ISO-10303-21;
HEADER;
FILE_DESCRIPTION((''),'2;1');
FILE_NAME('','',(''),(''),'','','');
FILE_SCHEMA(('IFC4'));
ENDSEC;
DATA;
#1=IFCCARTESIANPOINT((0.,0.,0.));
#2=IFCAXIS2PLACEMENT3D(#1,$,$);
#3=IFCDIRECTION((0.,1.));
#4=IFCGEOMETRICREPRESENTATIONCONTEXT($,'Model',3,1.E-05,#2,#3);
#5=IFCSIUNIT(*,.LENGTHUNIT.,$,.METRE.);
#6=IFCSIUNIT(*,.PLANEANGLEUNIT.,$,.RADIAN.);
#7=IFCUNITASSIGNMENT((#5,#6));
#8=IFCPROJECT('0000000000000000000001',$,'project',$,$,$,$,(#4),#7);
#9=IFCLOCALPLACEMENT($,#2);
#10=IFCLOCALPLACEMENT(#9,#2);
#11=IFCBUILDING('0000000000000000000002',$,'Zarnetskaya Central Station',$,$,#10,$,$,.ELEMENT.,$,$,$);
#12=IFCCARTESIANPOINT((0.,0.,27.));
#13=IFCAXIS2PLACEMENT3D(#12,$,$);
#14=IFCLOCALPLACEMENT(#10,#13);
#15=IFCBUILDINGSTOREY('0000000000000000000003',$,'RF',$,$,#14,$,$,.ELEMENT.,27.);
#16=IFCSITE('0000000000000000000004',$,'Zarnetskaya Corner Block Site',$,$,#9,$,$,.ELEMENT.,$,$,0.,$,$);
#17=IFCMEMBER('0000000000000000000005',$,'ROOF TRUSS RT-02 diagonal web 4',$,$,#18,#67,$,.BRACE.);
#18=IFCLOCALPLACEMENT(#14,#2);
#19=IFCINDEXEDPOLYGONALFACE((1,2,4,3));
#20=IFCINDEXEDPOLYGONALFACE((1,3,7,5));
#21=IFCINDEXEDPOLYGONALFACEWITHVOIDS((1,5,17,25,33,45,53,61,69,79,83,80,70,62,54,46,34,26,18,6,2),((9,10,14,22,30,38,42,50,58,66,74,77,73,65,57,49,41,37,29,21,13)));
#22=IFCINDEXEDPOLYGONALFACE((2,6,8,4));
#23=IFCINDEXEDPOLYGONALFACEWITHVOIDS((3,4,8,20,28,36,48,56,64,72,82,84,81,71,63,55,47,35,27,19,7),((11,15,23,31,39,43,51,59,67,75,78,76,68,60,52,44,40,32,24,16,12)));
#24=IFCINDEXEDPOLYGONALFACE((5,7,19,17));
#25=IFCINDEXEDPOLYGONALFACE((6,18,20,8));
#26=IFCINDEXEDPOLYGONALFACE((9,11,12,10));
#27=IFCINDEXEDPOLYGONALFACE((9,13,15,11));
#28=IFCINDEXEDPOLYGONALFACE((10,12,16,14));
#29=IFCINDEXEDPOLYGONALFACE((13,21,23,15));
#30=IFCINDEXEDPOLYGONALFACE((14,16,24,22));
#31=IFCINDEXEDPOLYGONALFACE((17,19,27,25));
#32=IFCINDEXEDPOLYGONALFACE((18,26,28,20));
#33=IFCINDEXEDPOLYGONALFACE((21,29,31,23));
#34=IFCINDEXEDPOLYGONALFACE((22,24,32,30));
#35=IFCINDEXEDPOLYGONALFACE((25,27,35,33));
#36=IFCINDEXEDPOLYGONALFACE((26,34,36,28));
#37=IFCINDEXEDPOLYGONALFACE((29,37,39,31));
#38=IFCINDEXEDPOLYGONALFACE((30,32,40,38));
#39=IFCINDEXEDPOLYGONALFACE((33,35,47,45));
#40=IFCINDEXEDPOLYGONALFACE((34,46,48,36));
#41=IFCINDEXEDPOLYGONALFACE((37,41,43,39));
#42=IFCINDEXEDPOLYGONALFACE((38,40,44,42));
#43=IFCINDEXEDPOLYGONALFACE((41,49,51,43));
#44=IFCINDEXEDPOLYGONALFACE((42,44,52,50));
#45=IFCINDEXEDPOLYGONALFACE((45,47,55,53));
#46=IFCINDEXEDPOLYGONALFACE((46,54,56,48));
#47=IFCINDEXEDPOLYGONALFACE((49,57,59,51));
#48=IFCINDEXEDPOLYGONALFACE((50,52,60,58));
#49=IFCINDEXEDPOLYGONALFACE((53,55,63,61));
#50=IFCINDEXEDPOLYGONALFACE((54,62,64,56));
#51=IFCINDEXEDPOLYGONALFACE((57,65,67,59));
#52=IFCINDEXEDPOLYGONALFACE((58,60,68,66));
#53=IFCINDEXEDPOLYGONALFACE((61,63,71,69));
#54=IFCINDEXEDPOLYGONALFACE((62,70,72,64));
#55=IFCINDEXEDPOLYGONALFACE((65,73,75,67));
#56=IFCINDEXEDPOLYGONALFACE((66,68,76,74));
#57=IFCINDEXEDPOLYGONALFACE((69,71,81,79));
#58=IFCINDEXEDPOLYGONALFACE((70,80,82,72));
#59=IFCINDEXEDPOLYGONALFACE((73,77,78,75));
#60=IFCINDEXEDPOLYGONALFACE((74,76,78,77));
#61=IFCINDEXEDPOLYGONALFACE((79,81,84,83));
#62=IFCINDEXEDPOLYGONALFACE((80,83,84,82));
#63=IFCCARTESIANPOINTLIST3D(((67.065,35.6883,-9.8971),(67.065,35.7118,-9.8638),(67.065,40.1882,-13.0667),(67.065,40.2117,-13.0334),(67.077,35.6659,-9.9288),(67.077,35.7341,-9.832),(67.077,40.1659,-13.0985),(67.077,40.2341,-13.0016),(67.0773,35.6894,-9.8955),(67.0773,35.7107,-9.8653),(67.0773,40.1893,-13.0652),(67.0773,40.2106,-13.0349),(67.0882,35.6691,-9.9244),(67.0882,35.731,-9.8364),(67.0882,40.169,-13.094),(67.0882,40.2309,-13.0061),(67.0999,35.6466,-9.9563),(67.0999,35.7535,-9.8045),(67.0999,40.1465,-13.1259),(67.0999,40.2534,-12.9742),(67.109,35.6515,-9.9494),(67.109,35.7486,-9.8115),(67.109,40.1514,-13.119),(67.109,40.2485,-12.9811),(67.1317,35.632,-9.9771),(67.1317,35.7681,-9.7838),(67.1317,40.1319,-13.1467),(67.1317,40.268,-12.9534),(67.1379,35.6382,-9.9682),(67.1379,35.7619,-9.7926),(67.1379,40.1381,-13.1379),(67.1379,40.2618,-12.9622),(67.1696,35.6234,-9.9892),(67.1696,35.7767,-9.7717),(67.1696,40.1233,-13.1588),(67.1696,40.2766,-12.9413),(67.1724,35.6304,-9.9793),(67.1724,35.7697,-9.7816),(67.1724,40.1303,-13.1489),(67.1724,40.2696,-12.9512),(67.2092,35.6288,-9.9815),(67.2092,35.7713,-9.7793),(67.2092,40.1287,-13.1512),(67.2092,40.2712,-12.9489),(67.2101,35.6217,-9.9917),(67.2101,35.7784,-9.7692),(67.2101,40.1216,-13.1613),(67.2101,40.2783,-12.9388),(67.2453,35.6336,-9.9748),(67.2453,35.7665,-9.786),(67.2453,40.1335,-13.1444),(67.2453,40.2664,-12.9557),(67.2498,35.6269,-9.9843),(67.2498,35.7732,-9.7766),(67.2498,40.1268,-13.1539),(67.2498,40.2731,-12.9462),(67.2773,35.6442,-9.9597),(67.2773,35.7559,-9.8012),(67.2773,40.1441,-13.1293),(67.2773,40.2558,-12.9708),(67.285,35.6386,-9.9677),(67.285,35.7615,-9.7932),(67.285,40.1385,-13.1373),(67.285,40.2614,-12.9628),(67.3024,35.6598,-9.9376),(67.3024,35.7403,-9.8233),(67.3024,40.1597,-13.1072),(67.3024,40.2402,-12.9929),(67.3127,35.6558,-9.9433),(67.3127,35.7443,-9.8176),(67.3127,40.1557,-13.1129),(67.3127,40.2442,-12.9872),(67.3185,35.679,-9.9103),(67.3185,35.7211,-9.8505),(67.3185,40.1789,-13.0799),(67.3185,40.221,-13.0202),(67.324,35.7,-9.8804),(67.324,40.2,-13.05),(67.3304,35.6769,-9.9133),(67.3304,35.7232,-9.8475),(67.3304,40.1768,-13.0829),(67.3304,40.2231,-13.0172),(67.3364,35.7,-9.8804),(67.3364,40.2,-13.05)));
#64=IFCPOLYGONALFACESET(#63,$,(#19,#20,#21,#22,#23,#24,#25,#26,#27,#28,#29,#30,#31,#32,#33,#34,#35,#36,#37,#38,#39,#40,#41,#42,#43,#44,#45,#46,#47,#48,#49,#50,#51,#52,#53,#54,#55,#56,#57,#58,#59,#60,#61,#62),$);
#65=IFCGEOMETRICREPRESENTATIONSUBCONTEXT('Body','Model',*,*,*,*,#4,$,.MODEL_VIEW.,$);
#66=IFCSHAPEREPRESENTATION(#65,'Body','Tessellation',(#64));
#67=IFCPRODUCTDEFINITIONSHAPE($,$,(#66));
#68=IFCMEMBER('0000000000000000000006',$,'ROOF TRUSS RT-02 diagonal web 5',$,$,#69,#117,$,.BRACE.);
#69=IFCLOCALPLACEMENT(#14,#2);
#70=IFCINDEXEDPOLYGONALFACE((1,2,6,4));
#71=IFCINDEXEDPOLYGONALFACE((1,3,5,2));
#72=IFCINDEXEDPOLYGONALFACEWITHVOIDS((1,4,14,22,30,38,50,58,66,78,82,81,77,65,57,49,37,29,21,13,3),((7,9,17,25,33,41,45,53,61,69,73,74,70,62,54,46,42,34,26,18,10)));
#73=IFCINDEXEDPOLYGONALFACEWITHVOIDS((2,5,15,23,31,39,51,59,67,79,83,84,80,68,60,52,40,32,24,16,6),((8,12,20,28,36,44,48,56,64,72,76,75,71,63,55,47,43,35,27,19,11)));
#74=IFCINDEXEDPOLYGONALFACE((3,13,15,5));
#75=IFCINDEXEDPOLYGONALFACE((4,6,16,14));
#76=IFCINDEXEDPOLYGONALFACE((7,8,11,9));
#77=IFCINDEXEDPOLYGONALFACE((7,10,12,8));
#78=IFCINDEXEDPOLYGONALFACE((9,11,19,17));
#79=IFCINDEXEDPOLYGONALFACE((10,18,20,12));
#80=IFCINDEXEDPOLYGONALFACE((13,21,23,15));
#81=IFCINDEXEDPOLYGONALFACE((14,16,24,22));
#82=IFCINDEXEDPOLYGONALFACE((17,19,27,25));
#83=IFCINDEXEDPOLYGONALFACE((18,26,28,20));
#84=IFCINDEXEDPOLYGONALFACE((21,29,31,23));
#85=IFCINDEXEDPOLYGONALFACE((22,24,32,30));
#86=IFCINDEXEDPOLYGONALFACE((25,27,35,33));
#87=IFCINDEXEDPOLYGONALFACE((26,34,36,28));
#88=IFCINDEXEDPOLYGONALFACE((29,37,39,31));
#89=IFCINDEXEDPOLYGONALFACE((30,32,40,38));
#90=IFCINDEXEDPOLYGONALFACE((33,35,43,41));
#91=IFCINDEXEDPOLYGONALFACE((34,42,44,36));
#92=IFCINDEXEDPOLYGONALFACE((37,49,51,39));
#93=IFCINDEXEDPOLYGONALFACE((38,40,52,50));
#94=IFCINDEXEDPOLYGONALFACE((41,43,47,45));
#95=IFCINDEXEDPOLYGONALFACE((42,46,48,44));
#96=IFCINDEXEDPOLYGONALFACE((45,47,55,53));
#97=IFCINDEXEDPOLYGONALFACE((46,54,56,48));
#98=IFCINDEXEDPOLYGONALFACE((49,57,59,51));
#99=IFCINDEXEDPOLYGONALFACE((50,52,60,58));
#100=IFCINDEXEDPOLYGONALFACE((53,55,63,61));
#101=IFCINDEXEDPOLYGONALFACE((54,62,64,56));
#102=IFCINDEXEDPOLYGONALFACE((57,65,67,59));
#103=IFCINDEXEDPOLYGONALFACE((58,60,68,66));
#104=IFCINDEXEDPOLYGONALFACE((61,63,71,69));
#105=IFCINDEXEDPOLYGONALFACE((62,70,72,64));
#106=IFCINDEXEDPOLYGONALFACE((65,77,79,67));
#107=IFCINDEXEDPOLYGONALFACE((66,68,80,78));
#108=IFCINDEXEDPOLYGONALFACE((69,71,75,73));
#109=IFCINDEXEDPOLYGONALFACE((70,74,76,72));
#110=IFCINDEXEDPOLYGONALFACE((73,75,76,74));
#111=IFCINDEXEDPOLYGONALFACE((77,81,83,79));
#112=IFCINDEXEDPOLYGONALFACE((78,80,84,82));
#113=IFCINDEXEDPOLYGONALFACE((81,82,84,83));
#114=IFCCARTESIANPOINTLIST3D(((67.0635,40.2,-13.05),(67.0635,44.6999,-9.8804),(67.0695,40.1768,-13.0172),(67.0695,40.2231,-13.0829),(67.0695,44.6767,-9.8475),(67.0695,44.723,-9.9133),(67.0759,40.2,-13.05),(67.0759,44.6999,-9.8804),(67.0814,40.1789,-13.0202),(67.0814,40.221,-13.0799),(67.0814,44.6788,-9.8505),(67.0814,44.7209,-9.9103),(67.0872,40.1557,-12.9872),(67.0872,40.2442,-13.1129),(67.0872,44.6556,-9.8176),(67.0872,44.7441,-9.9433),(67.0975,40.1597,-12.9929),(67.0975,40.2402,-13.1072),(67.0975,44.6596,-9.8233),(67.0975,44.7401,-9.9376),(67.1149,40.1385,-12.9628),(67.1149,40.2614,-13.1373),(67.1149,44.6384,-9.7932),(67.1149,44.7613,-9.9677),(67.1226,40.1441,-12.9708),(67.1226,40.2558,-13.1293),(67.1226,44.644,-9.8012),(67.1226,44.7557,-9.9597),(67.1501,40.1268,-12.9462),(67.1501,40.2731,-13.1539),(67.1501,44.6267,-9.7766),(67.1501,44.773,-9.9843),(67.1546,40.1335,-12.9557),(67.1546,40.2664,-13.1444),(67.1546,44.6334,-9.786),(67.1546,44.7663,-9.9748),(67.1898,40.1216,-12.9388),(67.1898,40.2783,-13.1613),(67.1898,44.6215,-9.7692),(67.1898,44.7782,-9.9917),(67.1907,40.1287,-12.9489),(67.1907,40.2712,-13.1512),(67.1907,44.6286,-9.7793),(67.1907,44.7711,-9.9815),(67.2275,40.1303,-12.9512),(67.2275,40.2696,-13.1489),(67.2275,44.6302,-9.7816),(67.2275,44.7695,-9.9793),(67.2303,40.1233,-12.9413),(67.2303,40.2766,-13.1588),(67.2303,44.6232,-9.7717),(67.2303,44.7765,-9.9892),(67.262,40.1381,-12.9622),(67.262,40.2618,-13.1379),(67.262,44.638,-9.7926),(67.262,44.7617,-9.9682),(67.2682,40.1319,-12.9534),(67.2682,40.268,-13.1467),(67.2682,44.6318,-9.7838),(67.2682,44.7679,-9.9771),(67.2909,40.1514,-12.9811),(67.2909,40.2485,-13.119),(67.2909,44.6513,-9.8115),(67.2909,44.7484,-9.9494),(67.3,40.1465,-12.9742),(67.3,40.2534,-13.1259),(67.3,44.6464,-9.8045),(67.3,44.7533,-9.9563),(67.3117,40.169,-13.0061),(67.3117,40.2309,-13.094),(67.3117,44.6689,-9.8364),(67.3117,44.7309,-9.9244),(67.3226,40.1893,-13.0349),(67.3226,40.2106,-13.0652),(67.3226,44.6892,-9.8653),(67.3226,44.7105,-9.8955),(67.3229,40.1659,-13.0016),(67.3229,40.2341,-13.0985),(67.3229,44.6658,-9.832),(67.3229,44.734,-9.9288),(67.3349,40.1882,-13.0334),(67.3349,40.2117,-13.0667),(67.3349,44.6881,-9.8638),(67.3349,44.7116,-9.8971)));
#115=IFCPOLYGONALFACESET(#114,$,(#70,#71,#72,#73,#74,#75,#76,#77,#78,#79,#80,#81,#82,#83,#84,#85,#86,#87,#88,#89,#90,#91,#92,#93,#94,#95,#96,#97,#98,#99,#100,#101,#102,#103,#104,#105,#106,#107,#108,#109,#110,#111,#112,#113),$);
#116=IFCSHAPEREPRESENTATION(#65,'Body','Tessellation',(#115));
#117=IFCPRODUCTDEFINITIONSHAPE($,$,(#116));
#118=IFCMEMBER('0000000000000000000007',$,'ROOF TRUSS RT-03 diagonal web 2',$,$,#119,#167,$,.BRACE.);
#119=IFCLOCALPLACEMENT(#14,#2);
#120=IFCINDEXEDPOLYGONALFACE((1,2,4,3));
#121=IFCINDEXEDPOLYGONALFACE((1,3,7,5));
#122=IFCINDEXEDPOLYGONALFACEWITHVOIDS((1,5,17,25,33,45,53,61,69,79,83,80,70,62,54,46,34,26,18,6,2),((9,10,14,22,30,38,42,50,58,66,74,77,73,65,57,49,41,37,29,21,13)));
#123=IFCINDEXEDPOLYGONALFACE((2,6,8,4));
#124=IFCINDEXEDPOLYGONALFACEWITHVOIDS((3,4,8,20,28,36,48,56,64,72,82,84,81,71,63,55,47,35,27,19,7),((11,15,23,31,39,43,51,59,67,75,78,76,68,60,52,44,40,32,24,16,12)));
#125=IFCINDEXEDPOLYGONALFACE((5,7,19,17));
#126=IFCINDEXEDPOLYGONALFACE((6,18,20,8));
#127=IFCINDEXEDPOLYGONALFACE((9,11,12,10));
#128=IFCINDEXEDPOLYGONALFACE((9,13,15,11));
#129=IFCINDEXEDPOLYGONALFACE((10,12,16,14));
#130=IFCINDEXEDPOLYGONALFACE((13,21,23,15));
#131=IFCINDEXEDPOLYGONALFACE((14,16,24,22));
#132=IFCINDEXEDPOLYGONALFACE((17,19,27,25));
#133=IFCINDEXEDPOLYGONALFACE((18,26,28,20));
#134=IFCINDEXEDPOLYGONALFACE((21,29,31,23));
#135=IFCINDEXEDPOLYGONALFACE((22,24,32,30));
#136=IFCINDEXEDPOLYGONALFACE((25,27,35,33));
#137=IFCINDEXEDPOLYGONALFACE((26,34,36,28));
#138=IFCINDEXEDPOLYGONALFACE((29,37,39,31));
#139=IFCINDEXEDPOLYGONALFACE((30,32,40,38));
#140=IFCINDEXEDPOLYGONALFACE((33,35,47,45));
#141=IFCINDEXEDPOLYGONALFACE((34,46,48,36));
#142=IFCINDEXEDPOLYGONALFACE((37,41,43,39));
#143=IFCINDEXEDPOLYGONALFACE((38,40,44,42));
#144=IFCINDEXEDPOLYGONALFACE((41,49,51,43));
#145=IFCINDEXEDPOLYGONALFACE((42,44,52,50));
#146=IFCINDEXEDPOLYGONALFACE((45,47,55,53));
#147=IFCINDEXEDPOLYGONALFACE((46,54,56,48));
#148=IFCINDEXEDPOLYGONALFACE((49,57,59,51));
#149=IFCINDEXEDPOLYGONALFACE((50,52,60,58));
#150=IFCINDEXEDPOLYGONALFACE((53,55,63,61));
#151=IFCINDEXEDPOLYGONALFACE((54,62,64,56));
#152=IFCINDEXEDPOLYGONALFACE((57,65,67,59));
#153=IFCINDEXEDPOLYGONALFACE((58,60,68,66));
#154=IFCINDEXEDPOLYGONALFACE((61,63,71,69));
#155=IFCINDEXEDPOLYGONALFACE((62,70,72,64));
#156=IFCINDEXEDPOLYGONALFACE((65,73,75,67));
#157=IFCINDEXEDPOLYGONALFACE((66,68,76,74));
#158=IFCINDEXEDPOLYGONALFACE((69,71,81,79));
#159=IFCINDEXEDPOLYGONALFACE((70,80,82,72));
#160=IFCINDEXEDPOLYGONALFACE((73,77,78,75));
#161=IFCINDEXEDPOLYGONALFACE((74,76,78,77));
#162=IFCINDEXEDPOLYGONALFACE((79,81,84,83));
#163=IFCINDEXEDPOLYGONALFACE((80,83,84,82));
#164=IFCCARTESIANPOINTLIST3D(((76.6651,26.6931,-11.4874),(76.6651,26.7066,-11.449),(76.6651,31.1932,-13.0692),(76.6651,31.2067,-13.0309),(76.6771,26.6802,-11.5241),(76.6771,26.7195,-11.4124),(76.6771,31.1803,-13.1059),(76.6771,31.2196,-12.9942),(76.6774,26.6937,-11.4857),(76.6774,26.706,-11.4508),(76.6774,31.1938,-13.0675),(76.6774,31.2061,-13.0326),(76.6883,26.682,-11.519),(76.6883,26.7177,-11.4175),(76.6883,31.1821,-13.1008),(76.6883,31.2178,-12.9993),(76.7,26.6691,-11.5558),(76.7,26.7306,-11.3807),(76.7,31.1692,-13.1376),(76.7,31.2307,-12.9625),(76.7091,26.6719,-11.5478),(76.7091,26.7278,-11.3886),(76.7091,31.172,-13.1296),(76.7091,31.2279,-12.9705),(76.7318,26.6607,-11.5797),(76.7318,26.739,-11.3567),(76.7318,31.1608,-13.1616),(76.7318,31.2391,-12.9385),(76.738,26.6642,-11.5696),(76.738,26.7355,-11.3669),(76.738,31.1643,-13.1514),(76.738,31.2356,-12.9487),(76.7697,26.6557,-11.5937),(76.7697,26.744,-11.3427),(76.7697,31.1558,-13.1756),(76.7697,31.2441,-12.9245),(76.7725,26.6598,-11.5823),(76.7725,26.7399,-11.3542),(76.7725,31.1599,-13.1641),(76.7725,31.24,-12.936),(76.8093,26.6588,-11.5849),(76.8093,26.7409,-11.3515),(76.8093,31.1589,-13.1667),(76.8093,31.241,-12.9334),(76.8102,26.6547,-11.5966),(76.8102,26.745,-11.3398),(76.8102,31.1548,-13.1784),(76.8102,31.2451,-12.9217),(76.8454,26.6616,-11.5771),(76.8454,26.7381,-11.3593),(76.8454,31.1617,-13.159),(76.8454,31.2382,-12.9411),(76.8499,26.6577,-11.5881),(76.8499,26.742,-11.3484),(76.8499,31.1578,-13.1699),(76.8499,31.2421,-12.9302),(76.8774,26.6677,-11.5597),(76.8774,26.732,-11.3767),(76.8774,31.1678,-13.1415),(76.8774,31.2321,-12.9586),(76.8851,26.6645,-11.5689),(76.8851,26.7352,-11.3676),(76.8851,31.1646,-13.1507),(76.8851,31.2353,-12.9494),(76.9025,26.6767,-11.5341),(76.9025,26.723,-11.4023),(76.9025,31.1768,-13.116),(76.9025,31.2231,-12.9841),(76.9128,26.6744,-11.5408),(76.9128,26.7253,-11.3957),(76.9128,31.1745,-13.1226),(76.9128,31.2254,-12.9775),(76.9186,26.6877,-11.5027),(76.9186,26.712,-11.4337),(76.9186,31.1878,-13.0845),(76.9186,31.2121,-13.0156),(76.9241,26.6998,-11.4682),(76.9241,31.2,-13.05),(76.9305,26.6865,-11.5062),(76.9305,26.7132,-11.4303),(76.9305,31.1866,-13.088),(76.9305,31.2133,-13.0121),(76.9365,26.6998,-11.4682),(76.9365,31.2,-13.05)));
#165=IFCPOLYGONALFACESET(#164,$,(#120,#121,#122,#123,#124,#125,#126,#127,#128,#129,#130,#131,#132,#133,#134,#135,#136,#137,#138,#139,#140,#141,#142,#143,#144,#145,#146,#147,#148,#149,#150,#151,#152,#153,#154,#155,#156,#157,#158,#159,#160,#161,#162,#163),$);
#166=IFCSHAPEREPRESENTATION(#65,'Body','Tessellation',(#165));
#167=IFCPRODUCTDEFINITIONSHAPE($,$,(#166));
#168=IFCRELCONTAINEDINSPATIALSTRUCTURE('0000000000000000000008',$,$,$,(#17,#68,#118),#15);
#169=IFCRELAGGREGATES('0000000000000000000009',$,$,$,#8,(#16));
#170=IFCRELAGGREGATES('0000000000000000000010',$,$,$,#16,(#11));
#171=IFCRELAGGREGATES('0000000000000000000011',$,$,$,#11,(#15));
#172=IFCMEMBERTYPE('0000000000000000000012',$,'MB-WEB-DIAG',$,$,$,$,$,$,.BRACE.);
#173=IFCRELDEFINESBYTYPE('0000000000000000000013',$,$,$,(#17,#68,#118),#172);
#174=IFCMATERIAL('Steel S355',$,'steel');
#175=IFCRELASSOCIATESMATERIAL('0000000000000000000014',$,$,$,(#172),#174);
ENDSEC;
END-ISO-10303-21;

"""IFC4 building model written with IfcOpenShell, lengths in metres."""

from ifc_helpers import new_model, si_unit, direction, frame, origin, origin_2d, place, context, subcontext, project, spatial, hollow_circle, extrude, material, material_profile, profile_set, type_object, element, save


model = new_model("IFC4")

# Units and contexts
model_context = context("Model", 3, precision=1e-05, world=origin(), true_north=direction((0.0, 1.0)))
body_context = subcontext(model_context, "Body", "Model", "MODEL_VIEW")
ifc_project = project(units=[si_unit("LENGTHUNIT", "METRE"), si_unit("PLANEANGLEUNIT", "RADIAN")], contexts=[model_context])

# Site, building, storey
site_placement = place(None, origin())
site = spatial("IfcSite", under=ifc_project, at=site_placement, Name="Zarnetskaya Corner Block Site", CompositionType="ELEMENT", RefElevation=0.0)
building_placement = place(site_placement, origin())
building = spatial("IfcBuilding", under=site, at=building_placement, Name="Zarnetskaya Central Station", CompositionType="ELEMENT")
storey_placement = place(building_placement, frame((0.0, 0.0, 27.0)))
storey = spatial("IfcBuildingStorey", under=building, at=storey_placement, Name="RF", CompositionType="ELEMENT", Elevation=27.0)

# Members
ifc_material = material(Name="Steel S355", Category="steel")
ifc_material_profile_1 = material_profile(ifc_material, hollow_circle(Radius=0.1365, WallThickness=0.0125, at=origin_2d()), Name="CHS 273x12.5")
ifc_profile_set_1 = profile_set([ifc_material_profile_1], Name="Steel S355")
member_type_1 = type_object("IfcMemberType", Name="MB-WEB-DIAG", PredefinedType="BRACE", material=ifc_profile_set_1)
for number, where, z_axis, x_axis, name in (
    (1, (67.2, 40.2, -13.05), (0.0, -0.817549, 0.575859), (1.0, 0.0, 0.0), "ROOF TRUSS RT-02 diagonal web 4"),
    (2, (67.2, 40.2, -13.05), (0.0, 0.817549, 0.575859), (-1.0, 0.0, 0.0), "ROOF TRUSS RT-02 diagonal web 5"),
):
    element("IfcMember", number, at=place(storey_placement, frame(where, z_axis=z_axis, x_axis=x_axis)), inside=storey, type_object=member_type_1, Name=name, PredefinedType="BRACE", context=body_context, shape_type="SweptSolid", body=[
        extrude(hollow_circle(Radius=0.1365, WallThickness=0.0125, at=origin_2d()), origin(), (0.0, 0.0, 1.0), 5.5042),
    ])
member_1_placement = place(storey_placement, frame((76.8, 31.2, -13.05), z_axis=(0.0, -0.943414, 0.331618), x_axis=(1.0, 0.0, 0.0)))
element("IfcMember", 3, at=member_1_placement, inside=storey, type_object=member_type_1, Name="ROOF TRUSS RT-03 diagonal web 2", PredefinedType="BRACE", context=body_context, shape_type="SweptSolid", body=[
    extrude(hollow_circle(Radius=0.1365, WallThickness=0.0125, at=origin_2d()), origin(), (0.0, 0.0, 1.0), 4.77),
])

save(model, "model.ifc")
